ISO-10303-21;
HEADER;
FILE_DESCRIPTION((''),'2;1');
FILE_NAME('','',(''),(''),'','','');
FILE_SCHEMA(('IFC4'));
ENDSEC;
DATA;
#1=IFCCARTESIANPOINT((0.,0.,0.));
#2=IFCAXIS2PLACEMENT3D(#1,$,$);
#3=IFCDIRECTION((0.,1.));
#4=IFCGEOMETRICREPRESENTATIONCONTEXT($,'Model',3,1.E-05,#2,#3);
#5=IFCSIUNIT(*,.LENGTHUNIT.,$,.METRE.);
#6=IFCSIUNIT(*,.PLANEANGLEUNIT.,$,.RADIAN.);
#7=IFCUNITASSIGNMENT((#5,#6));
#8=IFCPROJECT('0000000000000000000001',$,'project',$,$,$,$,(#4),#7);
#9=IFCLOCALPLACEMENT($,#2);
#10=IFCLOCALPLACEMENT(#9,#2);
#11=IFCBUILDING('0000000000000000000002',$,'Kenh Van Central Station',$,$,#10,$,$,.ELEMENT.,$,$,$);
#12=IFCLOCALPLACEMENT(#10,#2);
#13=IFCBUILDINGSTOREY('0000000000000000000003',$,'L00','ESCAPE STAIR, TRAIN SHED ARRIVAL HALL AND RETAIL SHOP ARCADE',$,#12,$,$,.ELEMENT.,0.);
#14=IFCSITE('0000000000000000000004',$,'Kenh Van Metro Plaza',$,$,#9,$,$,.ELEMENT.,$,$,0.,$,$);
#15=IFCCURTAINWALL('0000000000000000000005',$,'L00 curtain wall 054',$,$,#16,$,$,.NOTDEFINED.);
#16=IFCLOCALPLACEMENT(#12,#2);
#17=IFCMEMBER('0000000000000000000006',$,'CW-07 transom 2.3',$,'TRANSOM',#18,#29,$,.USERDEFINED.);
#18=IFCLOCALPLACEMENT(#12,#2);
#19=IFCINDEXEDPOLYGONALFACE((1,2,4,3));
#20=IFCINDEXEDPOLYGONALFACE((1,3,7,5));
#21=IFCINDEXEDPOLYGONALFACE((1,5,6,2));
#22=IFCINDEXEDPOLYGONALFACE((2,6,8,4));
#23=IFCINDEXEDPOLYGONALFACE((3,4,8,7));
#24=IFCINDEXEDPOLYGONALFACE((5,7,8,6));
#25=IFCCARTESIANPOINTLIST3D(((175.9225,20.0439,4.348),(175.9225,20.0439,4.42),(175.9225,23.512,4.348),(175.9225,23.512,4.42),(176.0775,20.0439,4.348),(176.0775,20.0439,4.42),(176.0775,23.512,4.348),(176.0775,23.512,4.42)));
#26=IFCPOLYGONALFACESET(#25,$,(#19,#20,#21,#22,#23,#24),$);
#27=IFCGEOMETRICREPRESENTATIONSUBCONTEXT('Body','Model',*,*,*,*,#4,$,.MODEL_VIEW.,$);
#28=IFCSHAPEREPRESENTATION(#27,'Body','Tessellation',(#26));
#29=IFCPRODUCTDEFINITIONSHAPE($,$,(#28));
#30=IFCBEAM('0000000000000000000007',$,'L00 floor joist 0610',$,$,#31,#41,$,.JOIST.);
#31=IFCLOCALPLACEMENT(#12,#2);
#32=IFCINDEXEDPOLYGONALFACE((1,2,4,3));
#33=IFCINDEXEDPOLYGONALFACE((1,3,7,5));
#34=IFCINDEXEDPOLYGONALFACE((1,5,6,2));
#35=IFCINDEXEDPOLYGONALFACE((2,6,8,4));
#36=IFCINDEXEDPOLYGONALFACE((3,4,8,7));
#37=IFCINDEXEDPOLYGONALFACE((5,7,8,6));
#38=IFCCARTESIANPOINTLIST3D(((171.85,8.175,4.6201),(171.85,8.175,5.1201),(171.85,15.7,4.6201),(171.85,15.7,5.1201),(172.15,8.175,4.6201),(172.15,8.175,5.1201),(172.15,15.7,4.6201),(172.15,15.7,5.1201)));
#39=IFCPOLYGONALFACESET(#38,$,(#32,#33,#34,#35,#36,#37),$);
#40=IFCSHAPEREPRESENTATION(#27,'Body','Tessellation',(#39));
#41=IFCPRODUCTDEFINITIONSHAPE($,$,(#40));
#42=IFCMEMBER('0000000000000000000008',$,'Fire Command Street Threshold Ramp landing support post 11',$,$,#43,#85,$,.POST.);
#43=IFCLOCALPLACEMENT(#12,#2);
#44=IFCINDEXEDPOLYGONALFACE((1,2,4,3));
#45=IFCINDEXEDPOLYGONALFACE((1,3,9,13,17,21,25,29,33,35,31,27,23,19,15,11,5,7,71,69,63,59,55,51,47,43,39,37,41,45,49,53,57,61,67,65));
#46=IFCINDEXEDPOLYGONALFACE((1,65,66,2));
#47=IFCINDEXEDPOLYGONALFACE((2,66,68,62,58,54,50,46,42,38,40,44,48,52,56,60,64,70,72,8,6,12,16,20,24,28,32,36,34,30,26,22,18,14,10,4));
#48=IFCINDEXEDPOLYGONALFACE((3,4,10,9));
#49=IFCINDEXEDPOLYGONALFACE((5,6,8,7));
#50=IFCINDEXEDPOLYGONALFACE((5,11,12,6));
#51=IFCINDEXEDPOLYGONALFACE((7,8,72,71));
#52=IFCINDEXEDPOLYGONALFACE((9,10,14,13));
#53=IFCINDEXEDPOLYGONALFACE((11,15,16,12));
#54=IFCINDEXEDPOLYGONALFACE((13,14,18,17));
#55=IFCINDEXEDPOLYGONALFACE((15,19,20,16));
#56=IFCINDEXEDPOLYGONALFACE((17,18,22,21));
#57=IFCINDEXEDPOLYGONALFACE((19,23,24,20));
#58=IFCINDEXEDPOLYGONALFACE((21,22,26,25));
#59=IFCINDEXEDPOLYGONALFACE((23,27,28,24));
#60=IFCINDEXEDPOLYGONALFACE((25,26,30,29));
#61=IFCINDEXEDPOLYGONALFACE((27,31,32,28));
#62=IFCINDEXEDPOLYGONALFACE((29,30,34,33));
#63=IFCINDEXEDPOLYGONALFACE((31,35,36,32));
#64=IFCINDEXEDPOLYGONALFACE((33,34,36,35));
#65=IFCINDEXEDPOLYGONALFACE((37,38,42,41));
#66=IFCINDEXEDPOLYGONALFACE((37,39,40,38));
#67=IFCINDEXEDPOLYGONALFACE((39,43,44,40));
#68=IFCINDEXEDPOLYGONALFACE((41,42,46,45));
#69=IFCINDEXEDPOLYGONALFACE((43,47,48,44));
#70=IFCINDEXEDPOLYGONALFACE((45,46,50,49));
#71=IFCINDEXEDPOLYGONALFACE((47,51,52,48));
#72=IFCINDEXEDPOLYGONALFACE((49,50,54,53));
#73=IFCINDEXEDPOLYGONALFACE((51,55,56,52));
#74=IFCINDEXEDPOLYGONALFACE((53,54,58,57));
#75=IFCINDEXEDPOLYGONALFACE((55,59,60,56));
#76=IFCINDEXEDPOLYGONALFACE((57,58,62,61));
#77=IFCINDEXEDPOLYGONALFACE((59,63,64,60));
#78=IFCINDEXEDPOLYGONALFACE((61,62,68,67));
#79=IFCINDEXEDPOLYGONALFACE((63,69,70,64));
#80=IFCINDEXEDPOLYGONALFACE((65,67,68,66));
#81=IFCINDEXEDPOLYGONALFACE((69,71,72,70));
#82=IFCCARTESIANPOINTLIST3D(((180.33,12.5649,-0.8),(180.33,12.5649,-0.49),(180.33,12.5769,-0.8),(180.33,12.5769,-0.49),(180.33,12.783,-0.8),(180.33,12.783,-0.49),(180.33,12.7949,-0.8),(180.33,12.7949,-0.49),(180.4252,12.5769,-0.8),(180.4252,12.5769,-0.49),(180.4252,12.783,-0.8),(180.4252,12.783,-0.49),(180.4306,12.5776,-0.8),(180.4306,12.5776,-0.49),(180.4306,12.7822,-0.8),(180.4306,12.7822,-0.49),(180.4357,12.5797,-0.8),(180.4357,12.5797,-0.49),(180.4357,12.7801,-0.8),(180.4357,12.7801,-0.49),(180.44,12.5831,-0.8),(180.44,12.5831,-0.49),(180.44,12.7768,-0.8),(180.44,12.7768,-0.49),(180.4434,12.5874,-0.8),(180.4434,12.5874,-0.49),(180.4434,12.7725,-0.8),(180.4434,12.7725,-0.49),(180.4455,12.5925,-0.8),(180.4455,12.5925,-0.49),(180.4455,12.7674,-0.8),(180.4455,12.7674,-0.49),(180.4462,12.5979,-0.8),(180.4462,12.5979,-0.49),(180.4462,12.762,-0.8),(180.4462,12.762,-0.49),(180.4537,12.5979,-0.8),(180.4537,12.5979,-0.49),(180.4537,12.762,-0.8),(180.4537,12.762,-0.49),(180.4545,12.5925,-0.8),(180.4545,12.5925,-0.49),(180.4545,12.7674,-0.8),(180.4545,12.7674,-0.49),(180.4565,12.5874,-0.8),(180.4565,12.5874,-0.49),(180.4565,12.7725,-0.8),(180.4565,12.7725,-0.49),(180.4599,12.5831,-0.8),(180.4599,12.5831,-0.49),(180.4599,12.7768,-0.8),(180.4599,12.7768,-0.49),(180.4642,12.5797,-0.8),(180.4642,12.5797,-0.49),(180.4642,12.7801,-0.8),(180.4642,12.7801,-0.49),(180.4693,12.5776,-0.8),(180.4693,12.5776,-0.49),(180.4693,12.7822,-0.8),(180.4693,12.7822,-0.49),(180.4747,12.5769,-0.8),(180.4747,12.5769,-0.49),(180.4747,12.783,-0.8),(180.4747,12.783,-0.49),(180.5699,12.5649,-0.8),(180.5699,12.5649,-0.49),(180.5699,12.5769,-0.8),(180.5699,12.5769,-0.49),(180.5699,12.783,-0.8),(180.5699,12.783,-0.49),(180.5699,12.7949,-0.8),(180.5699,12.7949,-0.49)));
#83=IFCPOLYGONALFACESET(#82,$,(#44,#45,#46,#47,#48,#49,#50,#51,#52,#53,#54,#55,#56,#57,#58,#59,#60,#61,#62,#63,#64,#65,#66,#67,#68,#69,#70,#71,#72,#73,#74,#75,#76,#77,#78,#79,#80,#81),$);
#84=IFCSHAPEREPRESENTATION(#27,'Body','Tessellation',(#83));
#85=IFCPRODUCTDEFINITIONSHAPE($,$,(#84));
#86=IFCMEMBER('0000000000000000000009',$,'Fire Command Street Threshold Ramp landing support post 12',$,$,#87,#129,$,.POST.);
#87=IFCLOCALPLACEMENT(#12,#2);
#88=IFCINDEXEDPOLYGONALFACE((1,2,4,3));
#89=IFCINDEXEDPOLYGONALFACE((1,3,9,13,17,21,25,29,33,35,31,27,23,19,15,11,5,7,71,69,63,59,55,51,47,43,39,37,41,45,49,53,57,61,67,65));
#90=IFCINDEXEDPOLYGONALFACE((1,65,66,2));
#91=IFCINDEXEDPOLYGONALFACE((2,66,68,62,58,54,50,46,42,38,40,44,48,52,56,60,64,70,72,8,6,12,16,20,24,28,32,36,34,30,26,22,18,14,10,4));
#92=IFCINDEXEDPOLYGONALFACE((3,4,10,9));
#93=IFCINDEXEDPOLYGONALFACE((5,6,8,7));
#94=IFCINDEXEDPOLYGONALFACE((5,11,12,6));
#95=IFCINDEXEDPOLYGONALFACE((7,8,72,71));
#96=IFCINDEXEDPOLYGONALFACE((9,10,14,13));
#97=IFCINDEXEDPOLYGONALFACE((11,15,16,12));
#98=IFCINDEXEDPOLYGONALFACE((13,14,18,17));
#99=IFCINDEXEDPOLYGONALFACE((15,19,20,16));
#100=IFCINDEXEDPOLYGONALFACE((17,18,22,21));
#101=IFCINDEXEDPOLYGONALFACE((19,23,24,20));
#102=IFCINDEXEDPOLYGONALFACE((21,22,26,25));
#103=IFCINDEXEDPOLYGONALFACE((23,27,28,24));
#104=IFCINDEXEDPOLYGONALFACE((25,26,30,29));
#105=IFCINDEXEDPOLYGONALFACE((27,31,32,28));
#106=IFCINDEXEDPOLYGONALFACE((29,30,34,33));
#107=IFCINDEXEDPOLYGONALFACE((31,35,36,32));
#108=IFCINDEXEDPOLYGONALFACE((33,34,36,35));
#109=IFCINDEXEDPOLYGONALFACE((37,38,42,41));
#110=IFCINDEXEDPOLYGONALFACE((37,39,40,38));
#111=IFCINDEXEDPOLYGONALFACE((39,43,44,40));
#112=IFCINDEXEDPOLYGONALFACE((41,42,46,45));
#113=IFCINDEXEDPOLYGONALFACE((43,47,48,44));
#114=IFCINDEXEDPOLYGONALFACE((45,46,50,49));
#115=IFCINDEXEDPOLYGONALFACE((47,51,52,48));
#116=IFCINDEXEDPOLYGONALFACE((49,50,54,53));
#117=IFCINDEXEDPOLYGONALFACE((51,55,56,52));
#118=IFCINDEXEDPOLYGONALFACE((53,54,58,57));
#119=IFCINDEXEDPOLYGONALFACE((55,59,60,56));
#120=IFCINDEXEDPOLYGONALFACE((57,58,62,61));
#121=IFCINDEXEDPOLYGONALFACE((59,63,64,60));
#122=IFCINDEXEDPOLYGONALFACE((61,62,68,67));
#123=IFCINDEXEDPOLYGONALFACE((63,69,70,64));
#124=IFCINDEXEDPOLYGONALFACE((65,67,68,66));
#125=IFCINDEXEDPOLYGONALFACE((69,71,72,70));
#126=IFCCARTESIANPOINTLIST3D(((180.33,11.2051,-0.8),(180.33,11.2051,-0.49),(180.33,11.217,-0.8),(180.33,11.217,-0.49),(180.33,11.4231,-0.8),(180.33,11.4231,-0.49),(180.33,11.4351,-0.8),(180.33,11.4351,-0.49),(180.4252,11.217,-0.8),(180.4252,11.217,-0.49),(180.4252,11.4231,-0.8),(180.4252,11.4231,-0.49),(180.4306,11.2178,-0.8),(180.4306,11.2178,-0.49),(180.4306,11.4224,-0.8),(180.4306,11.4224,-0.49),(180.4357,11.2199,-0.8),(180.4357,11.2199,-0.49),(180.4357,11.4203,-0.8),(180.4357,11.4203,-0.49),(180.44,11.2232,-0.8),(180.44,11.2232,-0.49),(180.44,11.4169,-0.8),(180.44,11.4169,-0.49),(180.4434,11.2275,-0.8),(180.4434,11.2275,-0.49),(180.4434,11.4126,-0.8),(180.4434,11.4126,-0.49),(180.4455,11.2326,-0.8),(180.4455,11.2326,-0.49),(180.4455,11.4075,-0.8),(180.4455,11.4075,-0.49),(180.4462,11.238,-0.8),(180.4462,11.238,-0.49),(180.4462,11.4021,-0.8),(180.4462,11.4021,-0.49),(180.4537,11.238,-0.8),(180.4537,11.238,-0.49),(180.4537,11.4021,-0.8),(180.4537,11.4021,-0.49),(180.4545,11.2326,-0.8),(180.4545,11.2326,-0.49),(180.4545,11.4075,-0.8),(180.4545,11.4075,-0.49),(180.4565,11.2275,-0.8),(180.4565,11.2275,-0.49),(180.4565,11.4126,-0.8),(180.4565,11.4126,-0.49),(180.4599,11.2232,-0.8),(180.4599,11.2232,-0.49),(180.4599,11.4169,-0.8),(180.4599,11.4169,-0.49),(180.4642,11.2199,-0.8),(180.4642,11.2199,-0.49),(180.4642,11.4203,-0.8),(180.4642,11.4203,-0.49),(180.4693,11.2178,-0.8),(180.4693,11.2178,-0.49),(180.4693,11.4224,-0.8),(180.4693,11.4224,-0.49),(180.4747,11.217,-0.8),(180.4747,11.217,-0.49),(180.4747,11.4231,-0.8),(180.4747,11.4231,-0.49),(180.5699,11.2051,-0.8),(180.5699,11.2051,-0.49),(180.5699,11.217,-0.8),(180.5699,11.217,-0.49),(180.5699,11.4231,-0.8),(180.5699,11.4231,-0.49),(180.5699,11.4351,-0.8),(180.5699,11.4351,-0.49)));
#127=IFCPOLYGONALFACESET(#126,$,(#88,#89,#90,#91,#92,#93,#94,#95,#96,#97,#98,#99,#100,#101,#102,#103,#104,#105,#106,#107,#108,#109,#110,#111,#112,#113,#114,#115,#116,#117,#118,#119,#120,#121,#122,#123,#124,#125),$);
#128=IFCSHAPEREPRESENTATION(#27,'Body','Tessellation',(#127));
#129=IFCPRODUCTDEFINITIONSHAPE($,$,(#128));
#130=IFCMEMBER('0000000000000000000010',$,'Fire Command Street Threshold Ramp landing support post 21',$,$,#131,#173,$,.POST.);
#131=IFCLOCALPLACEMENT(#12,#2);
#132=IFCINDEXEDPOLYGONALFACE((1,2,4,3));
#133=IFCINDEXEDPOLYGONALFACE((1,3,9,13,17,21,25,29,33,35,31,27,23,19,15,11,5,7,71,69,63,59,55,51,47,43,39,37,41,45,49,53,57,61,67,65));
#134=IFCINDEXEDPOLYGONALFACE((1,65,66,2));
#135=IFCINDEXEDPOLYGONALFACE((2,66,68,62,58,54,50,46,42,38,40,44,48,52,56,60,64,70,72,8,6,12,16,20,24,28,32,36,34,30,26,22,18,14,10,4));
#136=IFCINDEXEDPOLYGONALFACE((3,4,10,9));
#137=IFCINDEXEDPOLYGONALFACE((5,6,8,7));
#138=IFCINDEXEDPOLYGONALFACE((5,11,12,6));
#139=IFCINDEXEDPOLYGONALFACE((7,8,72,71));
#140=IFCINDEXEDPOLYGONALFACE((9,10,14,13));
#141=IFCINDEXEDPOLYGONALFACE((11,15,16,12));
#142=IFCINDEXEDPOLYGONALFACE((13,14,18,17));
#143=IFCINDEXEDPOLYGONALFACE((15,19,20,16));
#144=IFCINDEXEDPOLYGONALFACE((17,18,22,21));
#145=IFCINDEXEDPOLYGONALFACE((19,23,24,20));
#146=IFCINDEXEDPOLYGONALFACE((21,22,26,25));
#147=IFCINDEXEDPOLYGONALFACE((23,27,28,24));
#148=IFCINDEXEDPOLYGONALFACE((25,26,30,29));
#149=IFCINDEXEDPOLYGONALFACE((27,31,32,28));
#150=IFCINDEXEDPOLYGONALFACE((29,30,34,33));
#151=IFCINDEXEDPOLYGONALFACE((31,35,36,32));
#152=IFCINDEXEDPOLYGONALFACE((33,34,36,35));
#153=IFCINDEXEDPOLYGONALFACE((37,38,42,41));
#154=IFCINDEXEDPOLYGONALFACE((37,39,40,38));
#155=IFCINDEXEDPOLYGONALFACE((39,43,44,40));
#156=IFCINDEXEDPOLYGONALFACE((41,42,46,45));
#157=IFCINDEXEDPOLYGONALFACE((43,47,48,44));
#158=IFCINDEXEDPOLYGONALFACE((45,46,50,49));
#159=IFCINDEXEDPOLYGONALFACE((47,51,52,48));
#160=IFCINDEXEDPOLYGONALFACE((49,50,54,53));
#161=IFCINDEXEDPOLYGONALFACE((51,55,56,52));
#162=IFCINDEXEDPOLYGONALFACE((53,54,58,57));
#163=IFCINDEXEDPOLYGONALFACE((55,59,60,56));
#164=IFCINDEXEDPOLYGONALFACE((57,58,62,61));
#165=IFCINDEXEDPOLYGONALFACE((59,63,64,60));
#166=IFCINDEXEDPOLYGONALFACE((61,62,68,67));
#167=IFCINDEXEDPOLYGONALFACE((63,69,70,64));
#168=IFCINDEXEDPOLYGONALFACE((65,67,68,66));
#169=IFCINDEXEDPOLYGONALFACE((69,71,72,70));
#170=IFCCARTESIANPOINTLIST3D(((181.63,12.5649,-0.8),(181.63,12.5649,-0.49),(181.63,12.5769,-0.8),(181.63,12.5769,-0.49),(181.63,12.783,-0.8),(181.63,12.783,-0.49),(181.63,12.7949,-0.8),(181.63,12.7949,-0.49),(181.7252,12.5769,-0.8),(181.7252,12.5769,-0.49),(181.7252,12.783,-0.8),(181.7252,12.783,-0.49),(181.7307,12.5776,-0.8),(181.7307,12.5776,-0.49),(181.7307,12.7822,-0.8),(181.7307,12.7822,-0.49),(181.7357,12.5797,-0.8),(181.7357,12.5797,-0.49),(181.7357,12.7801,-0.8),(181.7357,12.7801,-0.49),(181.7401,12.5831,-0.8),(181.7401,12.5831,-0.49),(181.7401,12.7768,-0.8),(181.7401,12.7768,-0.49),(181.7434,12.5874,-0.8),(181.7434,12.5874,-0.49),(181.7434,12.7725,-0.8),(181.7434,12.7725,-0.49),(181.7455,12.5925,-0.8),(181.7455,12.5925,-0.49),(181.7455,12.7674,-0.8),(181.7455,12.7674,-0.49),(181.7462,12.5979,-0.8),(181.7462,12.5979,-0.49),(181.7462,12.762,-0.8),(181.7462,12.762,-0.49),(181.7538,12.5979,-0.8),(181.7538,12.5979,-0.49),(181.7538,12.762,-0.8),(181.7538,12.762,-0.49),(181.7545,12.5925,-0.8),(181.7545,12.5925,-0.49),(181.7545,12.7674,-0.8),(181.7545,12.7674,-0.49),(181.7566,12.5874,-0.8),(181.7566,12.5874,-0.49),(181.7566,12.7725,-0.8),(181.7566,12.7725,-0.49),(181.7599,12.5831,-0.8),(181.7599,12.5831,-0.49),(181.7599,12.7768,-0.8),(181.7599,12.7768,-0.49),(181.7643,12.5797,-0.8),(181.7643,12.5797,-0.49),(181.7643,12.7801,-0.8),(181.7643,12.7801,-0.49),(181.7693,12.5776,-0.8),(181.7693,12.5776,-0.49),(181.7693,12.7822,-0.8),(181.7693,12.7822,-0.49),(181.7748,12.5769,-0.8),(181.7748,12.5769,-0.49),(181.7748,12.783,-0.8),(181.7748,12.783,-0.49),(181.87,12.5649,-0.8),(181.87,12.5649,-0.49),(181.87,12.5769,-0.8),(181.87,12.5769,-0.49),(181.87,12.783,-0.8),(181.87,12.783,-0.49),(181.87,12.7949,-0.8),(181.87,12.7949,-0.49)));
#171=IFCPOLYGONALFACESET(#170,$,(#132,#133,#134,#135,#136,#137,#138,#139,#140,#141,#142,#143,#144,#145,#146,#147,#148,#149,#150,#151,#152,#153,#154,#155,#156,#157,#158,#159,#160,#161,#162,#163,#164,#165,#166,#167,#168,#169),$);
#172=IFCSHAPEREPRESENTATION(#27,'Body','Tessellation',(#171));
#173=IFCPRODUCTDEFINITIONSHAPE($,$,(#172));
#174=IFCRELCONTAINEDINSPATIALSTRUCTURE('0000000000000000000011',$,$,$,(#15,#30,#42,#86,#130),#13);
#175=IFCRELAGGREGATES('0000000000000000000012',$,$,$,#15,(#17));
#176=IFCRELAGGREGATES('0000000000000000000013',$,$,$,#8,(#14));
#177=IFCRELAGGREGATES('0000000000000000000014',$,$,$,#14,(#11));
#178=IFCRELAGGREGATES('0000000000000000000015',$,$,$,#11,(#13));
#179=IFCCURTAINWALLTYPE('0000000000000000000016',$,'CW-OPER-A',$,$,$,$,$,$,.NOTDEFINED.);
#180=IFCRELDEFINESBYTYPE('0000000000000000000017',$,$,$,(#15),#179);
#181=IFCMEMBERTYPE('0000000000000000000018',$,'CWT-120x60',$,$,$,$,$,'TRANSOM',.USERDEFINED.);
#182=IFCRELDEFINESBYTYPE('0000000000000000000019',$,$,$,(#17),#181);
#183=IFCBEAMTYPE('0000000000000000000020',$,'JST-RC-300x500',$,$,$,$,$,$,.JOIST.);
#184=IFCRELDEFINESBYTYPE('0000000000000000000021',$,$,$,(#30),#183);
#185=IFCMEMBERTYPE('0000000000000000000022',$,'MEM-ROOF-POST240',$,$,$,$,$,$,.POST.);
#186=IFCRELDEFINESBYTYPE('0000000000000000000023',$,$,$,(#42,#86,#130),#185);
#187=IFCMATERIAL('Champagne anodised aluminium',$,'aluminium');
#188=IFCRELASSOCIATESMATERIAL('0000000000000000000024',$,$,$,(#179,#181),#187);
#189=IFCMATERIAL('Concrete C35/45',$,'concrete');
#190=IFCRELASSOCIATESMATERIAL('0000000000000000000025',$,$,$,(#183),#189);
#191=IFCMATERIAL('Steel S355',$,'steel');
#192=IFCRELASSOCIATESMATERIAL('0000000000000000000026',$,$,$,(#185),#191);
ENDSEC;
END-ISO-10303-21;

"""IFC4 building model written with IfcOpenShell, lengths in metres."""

from ifc_helpers import new_model, si_unit, direction, frame, origin, origin_2d, place, context, subcontext, project, spatial, rectangle, i_section, extrude, material, material_profile, profile_set, type_object, element, aggregate, save


model = new_model("IFC4")

# Units and contexts
model_context = context("Model", 3, precision=1e-05, world=origin(), true_north=direction((0.0, 1.0)))
body_context = subcontext(model_context, "Body", "Model", "MODEL_VIEW")
ifc_project = project(units=[si_unit("LENGTHUNIT", "METRE"), si_unit("PLANEANGLEUNIT", "RADIAN")], contexts=[model_context])

# Site, building, storey
site_placement = place(None, origin())
site = spatial("IfcSite", under=ifc_project, at=site_placement, Name="Kenh Van Metro Plaza", CompositionType="ELEMENT", RefElevation=0.0)
building_placement = place(site_placement, origin())
building = spatial("IfcBuilding", under=site, at=building_placement, Name="Kenh Van Central Station", CompositionType="ELEMENT")
storey_placement = place(building_placement, origin())
storey = spatial("IfcBuildingStorey", under=building, at=storey_placement, Name="L00", Description="ESCAPE STAIR, TRAIN SHED ARRIVAL HALL AND RETAIL SHOP ARCADE", CompositionType="ELEMENT", Elevation=0.0)

# Curtain wall
ifc_material_1 = material(Name="Champagne anodised aluminium", Category="aluminium")
curtain_wall_type = type_object("IfcCurtainWallType", Name="CW-OPER-A", PredefinedType="NOTDEFINED", material=ifc_material_1)
curtain_wall_1_placement = place(storey_placement, origin())
curtain_wall_1 = element("IfcCurtainWall", 1, at=curtain_wall_1_placement, inside=storey, type_object=curtain_wall_type, Name="L00 curtain wall 054", PredefinedType="NOTDEFINED")

# Member
ifc_material_profile_1 = material_profile(ifc_material_1, rectangle(XDim=0.155, YDim=0.072, at=origin_2d()), Name="AL 155x72")
ifc_profile_set_1 = profile_set([ifc_material_profile_1], Name="Champagne anodised aluminium")
member_type_1 = type_object("IfcMemberType", Name="CWT-120x60", ElementType="TRANSOM", PredefinedType="USERDEFINED", material=ifc_profile_set_1)
member_1_placement = place(storey_placement, frame((176.0, 20.0439, 4.384), z_axis=(0.0, 1.0, 0.0), x_axis=(-1.0, 0.0, 0.0)))
member_1 = element("IfcMember", 2, at=member_1_placement, type_object=member_type_1, Name="CW-07 transom 2.3", ObjectType="TRANSOM", PredefinedType="USERDEFINED", context=body_context, shape_type="SweptSolid", body=[
    extrude(rectangle(XDim=0.155, YDim=0.072, at=origin_2d()), origin(), (0.0, 0.0, 1.0), 3.468),
])

# Beam
ifc_material_2 = material(Name="Concrete C35/45", Category="concrete")
ifc_material_profile_2 = material_profile(ifc_material_2, rectangle(XDim=0.3, YDim=0.5, at=origin_2d()), Name="RC 300x500")
ifc_profile_set_2 = profile_set([ifc_material_profile_2], Name="Concrete C35/45")
beam_type_1 = type_object("IfcBeamType", Name="JST-RC-300x500", PredefinedType="JOIST", material=ifc_profile_set_2)
beam_1_placement = place(storey_placement, frame((172.0, 8.175, 4.8701), z_axis=(0.0, 1.0, 0.0), x_axis=(-1.0, 0.0, 0.0)))
element("IfcBeam", 3, at=beam_1_placement, inside=storey, type_object=beam_type_1, Name="L00 floor joist 0610", PredefinedType="JOIST", context=body_context, shape_type="SweptSolid", body=[
    extrude(rectangle(XDim=0.3, YDim=0.5, at=origin_2d()), origin(), (0.0, 0.0, 1.0), 7.5249),
])

# Members
ifc_material_3 = material(Name="Steel S355", Category="steel")
ifc_material_profile_3 = material_profile(ifc_material_3, i_section(OverallWidth=0.24, OverallDepth=0.23, WebThickness=0.0076, FlangeThickness=0.012, FilletRadius=0.021, at=origin_2d()), Name="HEA 240")
ifc_profile_set_3 = profile_set([ifc_material_profile_3], Name="Steel S355")
member_type_2 = type_object("IfcMemberType", Name="MEM-ROOF-POST240", PredefinedType="POST", material=ifc_profile_set_3)
for number, where, z_axis, x_axis, name in (
    (4, (180.45, 12.6799, -0.8), (0.0, 0.0, 1.0), (1.0, 0.0, 0.0), "Fire Command Street Threshold Ramp landing support post 11"),
    (5, (180.45, 11.3201, -0.8), (0.0, 0.0, 1.0), (1.0, 0.0, 0.0), "Fire Command Street Threshold Ramp landing support post 12"),
    (6, (181.75, 12.6799, -0.8), (0.0, 0.0, 1.0), (1.0, 0.0, 0.0), "Fire Command Street Threshold Ramp landing support post 21"),
):
    element("IfcMember", number, at=place(storey_placement, frame(where, z_axis=z_axis, x_axis=x_axis)), inside=storey, type_object=member_type_2, Name=name, PredefinedType="POST", context=body_context, shape_type="SweptSolid", body=[
        extrude(i_section(OverallWidth=0.24, OverallDepth=0.23, WebThickness=0.0076, FlangeThickness=0.012, FilletRadius=0.021, at=origin_2d()), origin(), (0.0, 0.0, 1.0), 0.3101),
    ])

aggregate(curtain_wall_1, [member_1])

save(model, "model.ifc")
